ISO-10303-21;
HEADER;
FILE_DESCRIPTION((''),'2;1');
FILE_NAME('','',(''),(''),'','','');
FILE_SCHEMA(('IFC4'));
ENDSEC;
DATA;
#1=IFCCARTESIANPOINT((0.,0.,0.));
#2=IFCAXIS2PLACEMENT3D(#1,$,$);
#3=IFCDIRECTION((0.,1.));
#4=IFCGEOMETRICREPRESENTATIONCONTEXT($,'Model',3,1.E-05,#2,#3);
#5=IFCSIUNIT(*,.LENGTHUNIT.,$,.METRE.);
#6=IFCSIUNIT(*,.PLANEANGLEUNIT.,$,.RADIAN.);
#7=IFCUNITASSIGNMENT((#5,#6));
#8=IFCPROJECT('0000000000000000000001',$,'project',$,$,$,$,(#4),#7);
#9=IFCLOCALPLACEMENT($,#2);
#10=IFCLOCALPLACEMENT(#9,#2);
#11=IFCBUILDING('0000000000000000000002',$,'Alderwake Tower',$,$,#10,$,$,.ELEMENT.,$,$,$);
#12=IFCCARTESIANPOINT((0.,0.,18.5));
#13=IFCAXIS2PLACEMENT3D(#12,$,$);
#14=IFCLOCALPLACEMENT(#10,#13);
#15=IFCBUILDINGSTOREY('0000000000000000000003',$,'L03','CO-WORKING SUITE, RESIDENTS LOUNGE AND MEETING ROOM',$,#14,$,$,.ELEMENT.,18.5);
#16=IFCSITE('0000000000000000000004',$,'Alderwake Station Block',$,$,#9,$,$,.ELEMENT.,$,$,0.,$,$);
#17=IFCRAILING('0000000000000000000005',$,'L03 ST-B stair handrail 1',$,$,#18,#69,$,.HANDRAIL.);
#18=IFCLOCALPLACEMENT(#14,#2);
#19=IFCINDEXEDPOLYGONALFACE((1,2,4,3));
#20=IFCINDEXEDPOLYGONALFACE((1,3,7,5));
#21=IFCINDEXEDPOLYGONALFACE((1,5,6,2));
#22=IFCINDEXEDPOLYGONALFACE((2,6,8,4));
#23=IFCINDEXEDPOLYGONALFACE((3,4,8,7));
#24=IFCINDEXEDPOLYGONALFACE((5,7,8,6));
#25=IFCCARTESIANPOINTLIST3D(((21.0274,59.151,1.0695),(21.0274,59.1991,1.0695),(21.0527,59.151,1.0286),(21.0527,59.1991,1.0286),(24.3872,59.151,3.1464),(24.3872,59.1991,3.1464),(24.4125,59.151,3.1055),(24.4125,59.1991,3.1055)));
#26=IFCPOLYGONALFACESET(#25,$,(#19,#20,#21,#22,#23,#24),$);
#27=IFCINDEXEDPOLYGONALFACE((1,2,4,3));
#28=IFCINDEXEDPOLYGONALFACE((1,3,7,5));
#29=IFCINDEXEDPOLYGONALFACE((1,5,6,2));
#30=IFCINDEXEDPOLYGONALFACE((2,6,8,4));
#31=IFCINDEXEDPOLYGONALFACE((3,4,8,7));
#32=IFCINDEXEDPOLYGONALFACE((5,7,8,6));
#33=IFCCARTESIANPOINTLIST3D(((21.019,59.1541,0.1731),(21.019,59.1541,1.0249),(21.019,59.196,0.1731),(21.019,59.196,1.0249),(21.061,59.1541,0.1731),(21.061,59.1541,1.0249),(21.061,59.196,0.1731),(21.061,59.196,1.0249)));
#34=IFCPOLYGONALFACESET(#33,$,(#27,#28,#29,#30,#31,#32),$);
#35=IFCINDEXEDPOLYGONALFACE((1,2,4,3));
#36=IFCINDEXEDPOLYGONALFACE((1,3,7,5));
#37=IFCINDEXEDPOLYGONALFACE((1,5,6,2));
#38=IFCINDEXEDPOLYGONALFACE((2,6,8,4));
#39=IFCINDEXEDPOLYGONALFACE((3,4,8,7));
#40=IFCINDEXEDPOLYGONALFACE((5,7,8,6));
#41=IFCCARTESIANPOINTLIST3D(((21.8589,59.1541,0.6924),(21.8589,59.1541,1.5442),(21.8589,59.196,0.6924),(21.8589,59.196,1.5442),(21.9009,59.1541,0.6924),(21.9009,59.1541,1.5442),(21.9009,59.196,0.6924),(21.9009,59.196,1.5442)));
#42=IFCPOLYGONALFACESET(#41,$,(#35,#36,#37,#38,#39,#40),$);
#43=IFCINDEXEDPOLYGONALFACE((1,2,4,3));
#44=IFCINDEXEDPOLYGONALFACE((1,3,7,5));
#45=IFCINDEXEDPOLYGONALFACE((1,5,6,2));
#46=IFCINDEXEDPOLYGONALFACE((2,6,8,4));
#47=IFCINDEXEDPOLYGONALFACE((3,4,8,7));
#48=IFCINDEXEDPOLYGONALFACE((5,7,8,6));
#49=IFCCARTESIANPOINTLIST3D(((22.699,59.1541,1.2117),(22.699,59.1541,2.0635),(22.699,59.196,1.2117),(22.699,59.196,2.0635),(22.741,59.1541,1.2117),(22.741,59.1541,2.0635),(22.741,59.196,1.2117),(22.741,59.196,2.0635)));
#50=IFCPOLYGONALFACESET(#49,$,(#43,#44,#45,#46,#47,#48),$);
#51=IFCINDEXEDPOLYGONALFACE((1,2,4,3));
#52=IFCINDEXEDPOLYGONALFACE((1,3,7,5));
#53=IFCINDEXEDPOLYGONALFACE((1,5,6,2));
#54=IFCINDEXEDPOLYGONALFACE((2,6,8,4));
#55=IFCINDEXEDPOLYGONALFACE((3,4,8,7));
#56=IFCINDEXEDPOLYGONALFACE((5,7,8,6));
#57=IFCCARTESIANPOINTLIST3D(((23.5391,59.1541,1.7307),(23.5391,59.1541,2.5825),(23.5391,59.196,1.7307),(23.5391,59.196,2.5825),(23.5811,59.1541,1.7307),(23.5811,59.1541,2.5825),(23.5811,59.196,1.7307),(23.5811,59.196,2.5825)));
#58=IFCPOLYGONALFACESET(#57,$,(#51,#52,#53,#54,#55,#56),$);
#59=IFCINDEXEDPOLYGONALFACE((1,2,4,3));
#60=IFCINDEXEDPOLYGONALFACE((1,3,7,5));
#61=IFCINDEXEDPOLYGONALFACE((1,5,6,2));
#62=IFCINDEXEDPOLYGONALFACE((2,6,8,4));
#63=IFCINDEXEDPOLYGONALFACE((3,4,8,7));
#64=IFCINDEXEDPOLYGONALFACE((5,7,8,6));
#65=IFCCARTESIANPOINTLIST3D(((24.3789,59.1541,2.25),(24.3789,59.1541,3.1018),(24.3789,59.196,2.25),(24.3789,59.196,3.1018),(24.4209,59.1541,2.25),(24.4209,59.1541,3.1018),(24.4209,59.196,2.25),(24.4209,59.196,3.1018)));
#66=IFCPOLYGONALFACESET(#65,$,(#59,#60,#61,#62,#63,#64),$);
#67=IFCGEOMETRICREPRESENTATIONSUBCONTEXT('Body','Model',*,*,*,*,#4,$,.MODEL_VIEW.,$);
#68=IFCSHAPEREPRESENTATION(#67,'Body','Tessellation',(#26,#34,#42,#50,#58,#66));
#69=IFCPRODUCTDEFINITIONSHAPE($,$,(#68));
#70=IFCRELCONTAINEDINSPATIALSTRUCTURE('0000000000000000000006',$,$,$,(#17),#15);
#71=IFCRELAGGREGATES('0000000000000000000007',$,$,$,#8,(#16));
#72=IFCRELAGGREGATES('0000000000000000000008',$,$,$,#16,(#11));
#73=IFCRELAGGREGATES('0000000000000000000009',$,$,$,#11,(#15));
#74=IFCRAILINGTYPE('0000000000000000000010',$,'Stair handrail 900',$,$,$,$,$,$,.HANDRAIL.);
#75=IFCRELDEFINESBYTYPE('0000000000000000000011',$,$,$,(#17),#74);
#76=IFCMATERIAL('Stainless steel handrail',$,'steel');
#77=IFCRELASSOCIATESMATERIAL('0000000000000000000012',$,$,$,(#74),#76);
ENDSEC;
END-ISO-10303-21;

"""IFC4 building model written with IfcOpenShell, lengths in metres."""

from ifc_helpers import new_model, si_unit, direction, frame, origin, origin_with_axes, origin_2d, place, context, subcontext, project, spatial, rectangle, extrude, material, type_object, element, save


model = new_model("IFC4")

# Units and contexts
model_context = context("Model", 3, precision=1e-05, world=origin(), true_north=direction((0.0, 1.0)))
body_context = subcontext(model_context, "Body", "Model", "MODEL_VIEW")
ifc_project = project(units=[si_unit("LENGTHUNIT", "METRE"), si_unit("PLANEANGLEUNIT", "RADIAN")], contexts=[model_context])

# Site, building, storey
site_placement = place(None, origin())
site = spatial("IfcSite", under=ifc_project, at=site_placement, Name="Alderwake Station Block", CompositionType="ELEMENT", RefElevation=0.0)
building_placement = place(site_placement, origin())
building = spatial("IfcBuilding", under=site, at=building_placement, Name="Alderwake Tower", CompositionType="ELEMENT")
storey_placement = place(building_placement, frame((0.0, 0.0, 18.5)))
storey = spatial("IfcBuildingStorey", under=building, at=storey_placement, Name="L03", Description="CO-WORKING SUITE, RESIDENTS LOUNGE AND MEETING ROOM", CompositionType="ELEMENT", Elevation=18.5)

# Railing
ifc_material_1 = material(Name="Stainless steel handrail", Category="steel")
railing_type_1 = type_object("IfcRailingType", Name="Stair handrail 900", PredefinedType="HANDRAIL", material=ifc_material_1)
railing_1_placement = place(storey_placement, frame((21.04, 59.175, 0.1731)))
element("IfcRailing", 1, at=railing_1_placement, inside=storey, type_object=railing_type_1, Name="L03 ST-B stair handrail 1", PredefinedType="HANDRAIL", context=body_context, shape_type="SweptSolid", body=[
    extrude(rectangle(XDim=0.0481, YDim=0.0481, at=origin_2d()), frame((0.0, 0.0, 0.876), z_axis=(0.850606, 0.0, 0.525803), x_axis=(0.0, 1.0, 0.0)), (0.0, 0.0, 1.0), 3.95),
    extrude(rectangle(XDim=0.042, YDim=0.042, at=origin_2d()), origin_with_axes(), (0.0, 0.0, 1.0), 0.8518),
    extrude(rectangle(XDim=0.042, YDim=0.042, at=origin_2d()), frame((0.8398, 0.0, 0.5193), z_axis=(0.0, 0.0, 1.0), x_axis=(1.0, 0.0, 0.0)), (0.0, 0.0, 1.0), 0.8518),
    extrude(rectangle(XDim=0.042, YDim=0.042, at=origin_2d()), frame((1.6799, 0.0, 1.0386), z_axis=(0.0, 0.0, 1.0), x_axis=(1.0, 0.0, 0.0)), (0.0, 0.0, 1.0), 0.8518),
    extrude(rectangle(XDim=0.042, YDim=0.042, at=origin_2d()), frame((2.52, 0.0, 1.5576), z_axis=(0.0, 0.0, 1.0), x_axis=(1.0, 0.0, 0.0)), (0.0, 0.0, 1.0), 0.8518),
    extrude(rectangle(XDim=0.042, YDim=0.042, at=origin_2d()), frame((3.3599, 0.0, 2.0769), z_axis=(0.0, 0.0, 1.0), x_axis=(1.0, 0.0, 0.0)), (0.0, 0.0, 1.0), 0.8518),
])

save(model, "model.ifc")
